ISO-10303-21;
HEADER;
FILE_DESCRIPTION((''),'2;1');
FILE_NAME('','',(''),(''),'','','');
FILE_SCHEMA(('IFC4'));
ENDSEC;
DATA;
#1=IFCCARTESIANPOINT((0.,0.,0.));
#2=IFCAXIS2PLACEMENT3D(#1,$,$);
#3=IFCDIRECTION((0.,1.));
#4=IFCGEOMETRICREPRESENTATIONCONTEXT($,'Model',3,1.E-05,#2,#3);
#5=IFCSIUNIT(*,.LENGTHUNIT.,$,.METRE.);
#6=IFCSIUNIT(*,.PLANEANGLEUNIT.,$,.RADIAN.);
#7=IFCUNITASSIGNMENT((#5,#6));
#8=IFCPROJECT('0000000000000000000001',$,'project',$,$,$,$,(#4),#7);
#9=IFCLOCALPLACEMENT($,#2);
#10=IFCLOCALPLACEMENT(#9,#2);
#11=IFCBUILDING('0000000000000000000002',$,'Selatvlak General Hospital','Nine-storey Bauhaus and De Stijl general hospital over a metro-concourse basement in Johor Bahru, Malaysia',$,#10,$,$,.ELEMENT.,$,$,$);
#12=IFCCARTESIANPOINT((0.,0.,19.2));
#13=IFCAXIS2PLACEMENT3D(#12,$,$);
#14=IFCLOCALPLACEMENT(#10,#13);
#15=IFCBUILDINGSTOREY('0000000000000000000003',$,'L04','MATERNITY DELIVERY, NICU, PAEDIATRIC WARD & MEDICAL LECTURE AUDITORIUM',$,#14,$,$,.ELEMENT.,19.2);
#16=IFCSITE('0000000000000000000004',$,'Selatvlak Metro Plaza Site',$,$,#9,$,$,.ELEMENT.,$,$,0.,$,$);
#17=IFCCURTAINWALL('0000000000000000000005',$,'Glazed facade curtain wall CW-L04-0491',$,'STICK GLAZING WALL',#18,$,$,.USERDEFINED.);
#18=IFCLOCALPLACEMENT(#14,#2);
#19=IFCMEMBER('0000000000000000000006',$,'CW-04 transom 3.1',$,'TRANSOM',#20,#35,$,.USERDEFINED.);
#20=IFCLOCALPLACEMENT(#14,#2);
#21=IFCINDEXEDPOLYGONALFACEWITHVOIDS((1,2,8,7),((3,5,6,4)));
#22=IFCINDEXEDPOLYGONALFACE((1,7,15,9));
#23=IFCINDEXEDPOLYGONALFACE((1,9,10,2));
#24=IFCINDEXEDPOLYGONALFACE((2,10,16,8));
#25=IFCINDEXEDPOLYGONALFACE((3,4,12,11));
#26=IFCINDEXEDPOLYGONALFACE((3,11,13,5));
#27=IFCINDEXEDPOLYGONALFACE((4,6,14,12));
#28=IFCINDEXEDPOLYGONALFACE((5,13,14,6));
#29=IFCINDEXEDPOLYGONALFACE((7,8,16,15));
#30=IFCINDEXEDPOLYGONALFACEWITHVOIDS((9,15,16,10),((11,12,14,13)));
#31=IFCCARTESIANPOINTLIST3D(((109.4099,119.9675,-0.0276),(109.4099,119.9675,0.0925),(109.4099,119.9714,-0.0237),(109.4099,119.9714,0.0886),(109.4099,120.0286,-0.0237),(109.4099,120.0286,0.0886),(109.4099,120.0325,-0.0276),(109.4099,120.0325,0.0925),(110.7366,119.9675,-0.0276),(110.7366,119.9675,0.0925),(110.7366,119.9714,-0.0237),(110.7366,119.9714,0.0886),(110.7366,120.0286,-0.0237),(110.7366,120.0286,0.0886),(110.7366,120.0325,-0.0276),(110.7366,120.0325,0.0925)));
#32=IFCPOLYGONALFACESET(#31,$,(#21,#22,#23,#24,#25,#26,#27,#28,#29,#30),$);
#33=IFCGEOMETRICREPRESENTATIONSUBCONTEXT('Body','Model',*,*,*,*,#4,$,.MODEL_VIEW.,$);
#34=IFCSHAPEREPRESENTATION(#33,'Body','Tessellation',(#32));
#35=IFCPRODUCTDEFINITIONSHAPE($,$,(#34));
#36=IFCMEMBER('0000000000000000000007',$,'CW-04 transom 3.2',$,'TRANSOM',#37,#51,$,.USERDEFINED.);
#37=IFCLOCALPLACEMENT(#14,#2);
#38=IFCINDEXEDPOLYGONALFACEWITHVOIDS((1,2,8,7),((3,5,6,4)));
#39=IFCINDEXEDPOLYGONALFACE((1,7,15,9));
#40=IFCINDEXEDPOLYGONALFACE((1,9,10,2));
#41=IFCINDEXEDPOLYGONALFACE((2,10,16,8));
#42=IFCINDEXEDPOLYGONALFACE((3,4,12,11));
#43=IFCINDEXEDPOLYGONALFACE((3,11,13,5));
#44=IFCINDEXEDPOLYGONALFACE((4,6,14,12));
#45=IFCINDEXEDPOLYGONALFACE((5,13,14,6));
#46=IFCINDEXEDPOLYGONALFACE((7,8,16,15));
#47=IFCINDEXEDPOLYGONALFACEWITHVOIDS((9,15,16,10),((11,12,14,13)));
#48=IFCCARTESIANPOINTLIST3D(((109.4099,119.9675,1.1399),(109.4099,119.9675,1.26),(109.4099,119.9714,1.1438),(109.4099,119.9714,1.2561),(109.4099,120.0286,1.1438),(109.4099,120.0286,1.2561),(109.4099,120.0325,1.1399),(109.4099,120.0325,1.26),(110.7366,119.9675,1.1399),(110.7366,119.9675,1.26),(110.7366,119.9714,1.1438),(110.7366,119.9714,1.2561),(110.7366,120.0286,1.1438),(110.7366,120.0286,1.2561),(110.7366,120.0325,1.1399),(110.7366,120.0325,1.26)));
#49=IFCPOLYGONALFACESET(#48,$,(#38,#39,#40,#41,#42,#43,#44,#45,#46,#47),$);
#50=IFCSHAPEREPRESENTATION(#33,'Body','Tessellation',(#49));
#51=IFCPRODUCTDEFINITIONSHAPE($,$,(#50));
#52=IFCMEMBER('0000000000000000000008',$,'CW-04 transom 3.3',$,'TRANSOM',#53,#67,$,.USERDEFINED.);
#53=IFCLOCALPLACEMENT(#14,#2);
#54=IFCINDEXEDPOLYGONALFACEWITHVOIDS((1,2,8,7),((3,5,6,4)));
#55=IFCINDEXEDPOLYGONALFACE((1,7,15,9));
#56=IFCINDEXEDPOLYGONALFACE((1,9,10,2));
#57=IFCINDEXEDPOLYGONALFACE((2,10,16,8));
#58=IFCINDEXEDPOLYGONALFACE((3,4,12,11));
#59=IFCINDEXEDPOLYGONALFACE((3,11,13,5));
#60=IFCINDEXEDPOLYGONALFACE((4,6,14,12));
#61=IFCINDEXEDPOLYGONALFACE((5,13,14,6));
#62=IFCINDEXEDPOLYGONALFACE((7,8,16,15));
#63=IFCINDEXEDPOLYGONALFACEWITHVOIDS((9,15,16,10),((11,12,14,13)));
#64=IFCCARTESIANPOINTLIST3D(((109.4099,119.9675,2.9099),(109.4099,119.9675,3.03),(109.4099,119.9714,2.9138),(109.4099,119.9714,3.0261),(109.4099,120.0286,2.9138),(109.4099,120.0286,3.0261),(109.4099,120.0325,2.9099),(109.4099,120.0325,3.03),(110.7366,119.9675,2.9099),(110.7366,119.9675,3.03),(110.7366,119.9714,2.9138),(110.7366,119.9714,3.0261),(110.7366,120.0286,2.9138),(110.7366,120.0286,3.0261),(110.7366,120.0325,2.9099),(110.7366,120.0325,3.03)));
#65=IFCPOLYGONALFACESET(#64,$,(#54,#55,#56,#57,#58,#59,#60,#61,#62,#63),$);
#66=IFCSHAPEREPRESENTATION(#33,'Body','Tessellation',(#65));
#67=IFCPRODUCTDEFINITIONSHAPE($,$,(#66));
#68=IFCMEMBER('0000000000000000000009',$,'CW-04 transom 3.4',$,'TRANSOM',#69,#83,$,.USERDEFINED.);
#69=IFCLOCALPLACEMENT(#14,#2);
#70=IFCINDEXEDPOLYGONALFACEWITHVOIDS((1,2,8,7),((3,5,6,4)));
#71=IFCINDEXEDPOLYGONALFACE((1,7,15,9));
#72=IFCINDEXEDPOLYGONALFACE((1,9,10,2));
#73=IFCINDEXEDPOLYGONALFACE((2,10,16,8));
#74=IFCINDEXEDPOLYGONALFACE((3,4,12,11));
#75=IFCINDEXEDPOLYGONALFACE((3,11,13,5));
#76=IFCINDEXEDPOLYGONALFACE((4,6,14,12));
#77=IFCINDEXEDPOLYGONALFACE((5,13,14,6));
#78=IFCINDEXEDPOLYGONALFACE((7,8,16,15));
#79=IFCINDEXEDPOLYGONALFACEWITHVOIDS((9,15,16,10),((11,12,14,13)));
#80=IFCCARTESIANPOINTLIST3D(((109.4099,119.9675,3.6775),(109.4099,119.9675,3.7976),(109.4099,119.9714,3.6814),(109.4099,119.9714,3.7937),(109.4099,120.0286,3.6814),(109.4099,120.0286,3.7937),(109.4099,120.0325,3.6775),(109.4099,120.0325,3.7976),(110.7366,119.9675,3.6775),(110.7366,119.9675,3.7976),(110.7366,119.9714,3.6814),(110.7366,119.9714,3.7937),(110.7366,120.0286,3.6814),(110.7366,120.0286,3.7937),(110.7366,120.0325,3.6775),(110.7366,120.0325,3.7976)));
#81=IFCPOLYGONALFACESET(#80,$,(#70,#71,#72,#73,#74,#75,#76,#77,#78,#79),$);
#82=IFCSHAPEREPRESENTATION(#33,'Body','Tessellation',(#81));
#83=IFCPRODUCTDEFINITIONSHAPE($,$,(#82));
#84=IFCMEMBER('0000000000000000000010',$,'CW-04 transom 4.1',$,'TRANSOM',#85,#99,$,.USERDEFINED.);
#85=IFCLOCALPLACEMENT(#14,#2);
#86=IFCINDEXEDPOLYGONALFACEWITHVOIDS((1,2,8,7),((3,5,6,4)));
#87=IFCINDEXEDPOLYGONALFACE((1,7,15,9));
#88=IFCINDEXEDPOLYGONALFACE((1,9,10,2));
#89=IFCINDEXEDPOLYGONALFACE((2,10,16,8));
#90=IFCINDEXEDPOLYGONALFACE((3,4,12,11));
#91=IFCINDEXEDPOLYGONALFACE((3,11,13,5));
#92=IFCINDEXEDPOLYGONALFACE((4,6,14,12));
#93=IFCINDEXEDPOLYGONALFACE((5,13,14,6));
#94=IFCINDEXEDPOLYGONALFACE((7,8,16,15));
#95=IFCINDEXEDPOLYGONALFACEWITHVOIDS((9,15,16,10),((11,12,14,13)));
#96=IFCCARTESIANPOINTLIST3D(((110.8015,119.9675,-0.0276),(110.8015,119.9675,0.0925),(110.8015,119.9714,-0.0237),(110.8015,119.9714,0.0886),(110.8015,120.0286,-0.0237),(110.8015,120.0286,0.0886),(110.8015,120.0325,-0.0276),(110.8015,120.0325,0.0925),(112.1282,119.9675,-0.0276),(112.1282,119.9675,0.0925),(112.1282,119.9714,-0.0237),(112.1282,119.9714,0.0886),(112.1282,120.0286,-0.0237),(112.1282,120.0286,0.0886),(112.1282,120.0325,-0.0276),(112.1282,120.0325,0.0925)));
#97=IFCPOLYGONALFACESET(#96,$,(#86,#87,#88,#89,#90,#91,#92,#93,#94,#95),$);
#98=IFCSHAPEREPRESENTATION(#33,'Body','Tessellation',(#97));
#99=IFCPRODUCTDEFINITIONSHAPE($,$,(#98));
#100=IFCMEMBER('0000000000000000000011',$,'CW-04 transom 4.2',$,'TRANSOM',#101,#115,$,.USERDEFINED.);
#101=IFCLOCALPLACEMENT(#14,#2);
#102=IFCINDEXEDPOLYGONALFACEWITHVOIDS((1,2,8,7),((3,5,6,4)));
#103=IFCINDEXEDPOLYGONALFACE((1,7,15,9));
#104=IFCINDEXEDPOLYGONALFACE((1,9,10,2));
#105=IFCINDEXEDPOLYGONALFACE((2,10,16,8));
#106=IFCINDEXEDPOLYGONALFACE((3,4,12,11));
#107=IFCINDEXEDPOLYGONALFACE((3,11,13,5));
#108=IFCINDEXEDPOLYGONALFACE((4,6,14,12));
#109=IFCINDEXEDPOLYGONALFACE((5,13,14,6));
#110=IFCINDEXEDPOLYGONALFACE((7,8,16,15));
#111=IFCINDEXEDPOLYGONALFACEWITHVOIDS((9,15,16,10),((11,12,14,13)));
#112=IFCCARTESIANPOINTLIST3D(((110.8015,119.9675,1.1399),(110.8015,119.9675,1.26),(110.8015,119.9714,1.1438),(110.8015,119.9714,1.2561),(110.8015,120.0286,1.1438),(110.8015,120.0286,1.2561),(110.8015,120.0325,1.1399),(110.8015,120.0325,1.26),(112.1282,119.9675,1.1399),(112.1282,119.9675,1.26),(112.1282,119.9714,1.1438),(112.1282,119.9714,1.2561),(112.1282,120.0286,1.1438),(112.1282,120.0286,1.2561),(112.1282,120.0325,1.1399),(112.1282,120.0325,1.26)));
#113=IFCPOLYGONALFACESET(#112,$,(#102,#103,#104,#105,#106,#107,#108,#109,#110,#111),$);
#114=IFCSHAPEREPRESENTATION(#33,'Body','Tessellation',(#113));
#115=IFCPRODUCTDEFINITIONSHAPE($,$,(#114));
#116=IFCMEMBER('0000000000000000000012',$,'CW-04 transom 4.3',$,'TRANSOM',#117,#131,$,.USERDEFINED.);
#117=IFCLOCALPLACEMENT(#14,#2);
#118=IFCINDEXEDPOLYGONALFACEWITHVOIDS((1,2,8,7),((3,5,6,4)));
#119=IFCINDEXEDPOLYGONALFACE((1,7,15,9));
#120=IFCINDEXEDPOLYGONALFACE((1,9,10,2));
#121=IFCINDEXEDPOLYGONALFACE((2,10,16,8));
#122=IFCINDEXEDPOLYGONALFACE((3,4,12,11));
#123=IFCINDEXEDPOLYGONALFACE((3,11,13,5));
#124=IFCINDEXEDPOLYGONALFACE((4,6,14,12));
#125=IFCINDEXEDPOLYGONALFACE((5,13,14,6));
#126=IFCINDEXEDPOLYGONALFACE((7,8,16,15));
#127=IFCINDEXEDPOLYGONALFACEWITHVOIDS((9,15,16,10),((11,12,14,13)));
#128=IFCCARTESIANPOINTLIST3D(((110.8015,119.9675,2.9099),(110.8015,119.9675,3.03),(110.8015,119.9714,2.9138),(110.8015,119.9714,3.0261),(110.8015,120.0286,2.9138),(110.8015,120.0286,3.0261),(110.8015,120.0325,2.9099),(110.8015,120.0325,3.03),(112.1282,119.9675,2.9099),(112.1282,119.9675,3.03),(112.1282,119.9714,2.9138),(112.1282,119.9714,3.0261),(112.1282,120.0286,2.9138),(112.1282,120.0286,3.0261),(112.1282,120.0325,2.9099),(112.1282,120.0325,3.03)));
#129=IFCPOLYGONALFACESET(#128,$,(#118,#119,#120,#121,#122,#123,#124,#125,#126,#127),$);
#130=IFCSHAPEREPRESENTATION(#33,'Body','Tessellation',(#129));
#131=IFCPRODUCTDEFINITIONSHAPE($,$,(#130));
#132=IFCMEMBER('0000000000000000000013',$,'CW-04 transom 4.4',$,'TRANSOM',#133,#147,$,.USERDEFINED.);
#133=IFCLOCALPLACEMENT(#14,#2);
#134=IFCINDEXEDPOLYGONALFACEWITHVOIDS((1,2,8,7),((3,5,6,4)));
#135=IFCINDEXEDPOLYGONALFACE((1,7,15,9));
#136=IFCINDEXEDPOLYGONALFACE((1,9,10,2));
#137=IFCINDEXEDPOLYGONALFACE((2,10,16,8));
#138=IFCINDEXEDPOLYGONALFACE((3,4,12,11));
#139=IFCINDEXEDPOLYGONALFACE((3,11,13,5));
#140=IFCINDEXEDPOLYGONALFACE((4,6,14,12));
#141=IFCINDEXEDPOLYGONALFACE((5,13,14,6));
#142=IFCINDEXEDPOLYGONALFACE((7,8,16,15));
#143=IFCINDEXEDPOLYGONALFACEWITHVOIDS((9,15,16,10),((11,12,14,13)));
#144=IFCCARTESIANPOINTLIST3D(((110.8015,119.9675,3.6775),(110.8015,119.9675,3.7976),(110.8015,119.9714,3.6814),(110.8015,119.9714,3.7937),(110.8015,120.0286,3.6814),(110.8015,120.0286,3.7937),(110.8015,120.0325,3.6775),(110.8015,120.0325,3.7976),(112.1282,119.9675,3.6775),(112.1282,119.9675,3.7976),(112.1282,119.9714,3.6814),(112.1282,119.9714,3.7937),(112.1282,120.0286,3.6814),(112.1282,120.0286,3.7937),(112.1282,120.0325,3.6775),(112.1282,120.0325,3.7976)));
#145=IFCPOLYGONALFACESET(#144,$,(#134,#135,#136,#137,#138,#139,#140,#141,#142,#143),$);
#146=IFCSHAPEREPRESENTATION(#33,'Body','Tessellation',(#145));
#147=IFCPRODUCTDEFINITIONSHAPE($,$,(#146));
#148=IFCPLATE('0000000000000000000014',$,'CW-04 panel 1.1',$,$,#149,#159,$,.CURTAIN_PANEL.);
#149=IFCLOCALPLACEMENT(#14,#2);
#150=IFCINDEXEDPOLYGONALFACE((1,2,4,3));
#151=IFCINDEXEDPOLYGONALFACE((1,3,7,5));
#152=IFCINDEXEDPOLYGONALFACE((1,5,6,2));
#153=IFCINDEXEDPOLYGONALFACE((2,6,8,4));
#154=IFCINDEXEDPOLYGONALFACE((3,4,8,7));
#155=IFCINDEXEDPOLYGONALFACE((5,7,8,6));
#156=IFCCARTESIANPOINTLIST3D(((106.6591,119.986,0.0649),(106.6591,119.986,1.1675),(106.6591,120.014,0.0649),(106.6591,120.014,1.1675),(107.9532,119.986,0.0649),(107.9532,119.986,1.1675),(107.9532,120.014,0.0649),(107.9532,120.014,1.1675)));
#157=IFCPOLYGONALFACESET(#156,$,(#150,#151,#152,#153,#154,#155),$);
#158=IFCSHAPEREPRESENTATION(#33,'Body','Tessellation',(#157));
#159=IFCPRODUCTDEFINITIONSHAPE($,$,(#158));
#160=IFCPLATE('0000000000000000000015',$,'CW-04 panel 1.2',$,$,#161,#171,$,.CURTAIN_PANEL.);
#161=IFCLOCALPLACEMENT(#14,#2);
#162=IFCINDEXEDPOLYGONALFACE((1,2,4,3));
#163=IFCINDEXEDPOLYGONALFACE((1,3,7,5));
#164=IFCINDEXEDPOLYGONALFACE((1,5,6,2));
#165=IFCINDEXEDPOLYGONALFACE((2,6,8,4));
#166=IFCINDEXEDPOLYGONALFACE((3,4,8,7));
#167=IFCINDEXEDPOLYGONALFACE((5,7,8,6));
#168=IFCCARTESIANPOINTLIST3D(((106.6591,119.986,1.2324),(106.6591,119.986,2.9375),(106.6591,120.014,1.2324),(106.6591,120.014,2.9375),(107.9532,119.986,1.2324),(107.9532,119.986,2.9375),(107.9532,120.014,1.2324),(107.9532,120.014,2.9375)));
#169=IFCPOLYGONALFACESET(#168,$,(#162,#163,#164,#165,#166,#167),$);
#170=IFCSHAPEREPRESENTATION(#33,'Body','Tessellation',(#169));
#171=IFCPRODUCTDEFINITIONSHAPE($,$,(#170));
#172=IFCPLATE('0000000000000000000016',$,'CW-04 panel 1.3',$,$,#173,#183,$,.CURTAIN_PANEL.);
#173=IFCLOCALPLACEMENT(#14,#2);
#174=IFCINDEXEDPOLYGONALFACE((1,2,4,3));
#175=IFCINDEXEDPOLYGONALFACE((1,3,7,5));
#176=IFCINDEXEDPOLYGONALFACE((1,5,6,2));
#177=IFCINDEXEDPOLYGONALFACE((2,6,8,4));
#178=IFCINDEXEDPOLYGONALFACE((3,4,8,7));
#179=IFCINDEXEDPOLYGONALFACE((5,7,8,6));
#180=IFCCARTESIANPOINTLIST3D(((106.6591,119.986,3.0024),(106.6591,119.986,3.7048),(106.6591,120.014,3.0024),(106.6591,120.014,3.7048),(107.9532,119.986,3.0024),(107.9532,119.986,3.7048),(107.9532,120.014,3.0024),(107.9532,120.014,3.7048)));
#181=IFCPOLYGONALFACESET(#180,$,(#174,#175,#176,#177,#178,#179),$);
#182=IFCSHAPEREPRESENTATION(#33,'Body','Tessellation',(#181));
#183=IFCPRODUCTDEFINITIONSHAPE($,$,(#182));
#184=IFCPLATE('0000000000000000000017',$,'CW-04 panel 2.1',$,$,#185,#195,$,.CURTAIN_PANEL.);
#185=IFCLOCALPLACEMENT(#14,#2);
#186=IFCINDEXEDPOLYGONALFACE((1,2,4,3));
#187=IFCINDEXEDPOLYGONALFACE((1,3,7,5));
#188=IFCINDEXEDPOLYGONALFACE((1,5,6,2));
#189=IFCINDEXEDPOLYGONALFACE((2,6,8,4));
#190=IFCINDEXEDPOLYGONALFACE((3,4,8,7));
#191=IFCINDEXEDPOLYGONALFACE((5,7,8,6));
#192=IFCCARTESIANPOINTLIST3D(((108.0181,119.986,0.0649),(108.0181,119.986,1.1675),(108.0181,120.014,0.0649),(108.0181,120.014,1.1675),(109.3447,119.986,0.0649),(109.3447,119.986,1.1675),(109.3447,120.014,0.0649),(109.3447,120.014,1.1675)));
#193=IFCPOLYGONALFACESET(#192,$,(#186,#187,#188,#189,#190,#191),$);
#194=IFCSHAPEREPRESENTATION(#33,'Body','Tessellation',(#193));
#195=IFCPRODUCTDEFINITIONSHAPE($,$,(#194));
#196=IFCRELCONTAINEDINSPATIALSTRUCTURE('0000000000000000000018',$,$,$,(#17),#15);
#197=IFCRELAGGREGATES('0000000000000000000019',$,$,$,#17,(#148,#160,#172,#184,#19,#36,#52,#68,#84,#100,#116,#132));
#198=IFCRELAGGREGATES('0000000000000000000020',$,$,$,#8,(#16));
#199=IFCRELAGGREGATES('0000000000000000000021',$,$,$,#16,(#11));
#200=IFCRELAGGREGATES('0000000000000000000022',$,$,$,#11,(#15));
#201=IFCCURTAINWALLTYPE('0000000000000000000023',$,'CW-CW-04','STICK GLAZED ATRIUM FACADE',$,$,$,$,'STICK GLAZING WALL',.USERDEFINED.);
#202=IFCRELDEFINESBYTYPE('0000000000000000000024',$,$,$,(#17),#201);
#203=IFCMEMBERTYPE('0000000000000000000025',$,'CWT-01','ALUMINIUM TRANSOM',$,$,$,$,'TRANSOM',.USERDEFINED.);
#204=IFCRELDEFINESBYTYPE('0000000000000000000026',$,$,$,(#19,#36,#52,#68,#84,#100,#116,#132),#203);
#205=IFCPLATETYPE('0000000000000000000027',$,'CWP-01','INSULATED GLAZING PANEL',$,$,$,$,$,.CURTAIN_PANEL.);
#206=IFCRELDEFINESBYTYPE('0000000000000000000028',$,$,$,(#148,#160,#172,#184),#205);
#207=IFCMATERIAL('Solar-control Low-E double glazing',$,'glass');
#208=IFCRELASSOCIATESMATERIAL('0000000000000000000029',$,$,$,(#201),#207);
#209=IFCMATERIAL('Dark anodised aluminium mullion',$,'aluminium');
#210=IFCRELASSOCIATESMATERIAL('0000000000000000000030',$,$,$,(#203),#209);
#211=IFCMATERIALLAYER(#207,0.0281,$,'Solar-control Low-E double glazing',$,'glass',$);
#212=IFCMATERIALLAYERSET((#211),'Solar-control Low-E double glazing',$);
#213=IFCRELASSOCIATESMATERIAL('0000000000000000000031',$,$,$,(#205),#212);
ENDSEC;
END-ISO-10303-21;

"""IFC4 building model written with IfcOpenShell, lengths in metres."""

from ifc_helpers import new_model, si_unit, direction, frame, origin, origin_2d, place, context, subcontext, project, spatial, rectangle, hollow_rectangle, extrude, material, layer, layer_set, material_profile, profile_set, type_object, element, aggregate, save


model = new_model("IFC4")

# Units and contexts
model_context = context("Model", 3, precision=1e-05, world=origin(), true_north=direction((0.0, 1.0)))
body_context = subcontext(model_context, "Body", "Model", "MODEL_VIEW")
ifc_project = project(units=[si_unit("LENGTHUNIT", "METRE"), si_unit("PLANEANGLEUNIT", "RADIAN")], contexts=[model_context])

# Site, building, storey
site_placement = place(None, origin())
site = spatial("IfcSite", under=ifc_project, at=site_placement, Name="Selatvlak Metro Plaza Site", CompositionType="ELEMENT", RefElevation=0.0)
building_placement = place(site_placement, origin())
building = spatial("IfcBuilding", under=site, at=building_placement, Name="Selatvlak General Hospital", Description="Nine-storey Bauhaus and De Stijl general hospital over a metro-concourse basement in Johor Bahru, Malaysia", CompositionType="ELEMENT")
storey_placement = place(building_placement, frame((0.0, 0.0, 19.2)))
storey = spatial("IfcBuildingStorey", under=building, at=storey_placement, Name="L04", Description="MATERNITY DELIVERY, NICU, PAEDIATRIC WARD & MEDICAL LECTURE AUDITORIUM", CompositionType="ELEMENT", Elevation=19.2)

# Curtain wall, members, plates
ifc_material_1 = material(Name="Solar-control Low-E double glazing", Category="glass")
curtain_wall_type = type_object("IfcCurtainWallType", Name="CW-CW-04", Description="STICK GLAZED ATRIUM FACADE", ElementType="STICK GLAZING WALL", PredefinedType="USERDEFINED", material=ifc_material_1)
curtain_wall_placement = place(storey_placement, origin())
curtain_wall = element("IfcCurtainWall", 1, at=curtain_wall_placement, inside=storey, type_object=curtain_wall_type, Name="Glazed facade curtain wall CW-L04-0491", ObjectType="STICK GLAZING WALL", PredefinedType="USERDEFINED")
ifc_material_2 = material(Name="Dark anodised aluminium mullion", Category="aluminium")
ifc_material_profile_1 = material_profile(ifc_material_2, hollow_rectangle(XDim=0.0649, YDim=0.1201, WallThickness=0.0039, at=origin_2d()), Name="AL-TRN 65x120x4")
ifc_profile_set_1 = profile_set([ifc_material_profile_1], Name="Dark anodised aluminium mullion")
member_type_1 = type_object("IfcMemberType", Name="CWT-01", Description="ALUMINIUM TRANSOM", ElementType="TRANSOM", PredefinedType="USERDEFINED", material=ifc_profile_set_1)
member_1_placement = place(storey_placement, frame((109.4099, 120.0, 0.0325), z_axis=(1.0, 0.0, 0.0), x_axis=(0.0, 1.0, 0.0)))
member_1 = element("IfcMember", 2, at=member_1_placement, type_object=member_type_1, Name="CW-04 transom 3.1", ObjectType="TRANSOM", PredefinedType="USERDEFINED", context=body_context, shape_type="SweptSolid", body=[
    extrude(hollow_rectangle(XDim=0.0649, YDim=0.1201, WallThickness=0.0039, at=origin_2d()), origin(), (0.0, 0.0, 1.0), 1.3267),
])
member_2_placement = place(storey_placement, frame((109.4099, 120.0, 1.2), z_axis=(1.0, 0.0, 0.0), x_axis=(0.0, 1.0, 0.0)))
member_2 = element("IfcMember", 3, at=member_2_placement, type_object=member_type_1, Name="CW-04 transom 3.2", ObjectType="TRANSOM", PredefinedType="USERDEFINED", context=body_context, shape_type="SweptSolid", body=[
    extrude(hollow_rectangle(XDim=0.0649, YDim=0.1201, WallThickness=0.0039, at=origin_2d()), origin(), (0.0, 0.0, 1.0), 1.3267),
])
member_3_placement = place(storey_placement, frame((109.4099, 120.0, 2.97), z_axis=(1.0, 0.0, 0.0), x_axis=(0.0, 1.0, 0.0)))
member_3 = element("IfcMember", 4, at=member_3_placement, type_object=member_type_1, Name="CW-04 transom 3.3", ObjectType="TRANSOM", PredefinedType="USERDEFINED", context=body_context, shape_type="SweptSolid", body=[
    extrude(hollow_rectangle(XDim=0.0649, YDim=0.1201, WallThickness=0.0039, at=origin_2d()), origin(), (0.0, 0.0, 1.0), 1.3267),
])
member_4_placement = place(storey_placement, frame((109.4099, 120.0, 3.7375), z_axis=(1.0, 0.0, 0.0), x_axis=(0.0, 1.0, 0.0)))
member_4 = element("IfcMember", 5, at=member_4_placement, type_object=member_type_1, Name="CW-04 transom 3.4", ObjectType="TRANSOM", PredefinedType="USERDEFINED", context=body_context, shape_type="SweptSolid", body=[
    extrude(hollow_rectangle(XDim=0.0649, YDim=0.1201, WallThickness=0.0039, at=origin_2d()), origin(), (0.0, 0.0, 1.0), 1.3267),
])
member_5_placement = place(storey_placement, frame((110.8015, 120.0, 0.0325), z_axis=(1.0, 0.0, 0.0), x_axis=(0.0, 1.0, 0.0)))
member_5 = element("IfcMember", 6, at=member_5_placement, type_object=member_type_1, Name="CW-04 transom 4.1", ObjectType="TRANSOM", PredefinedType="USERDEFINED", context=body_context, shape_type="SweptSolid", body=[
    extrude(hollow_rectangle(XDim=0.0649, YDim=0.1201, WallThickness=0.0039, at=origin_2d()), origin(), (0.0, 0.0, 1.0), 1.3267),
])
member_6_placement = place(storey_placement, frame((110.8015, 120.0, 1.2), z_axis=(1.0, 0.0, 0.0), x_axis=(0.0, 1.0, 0.0)))
member_6 = element("IfcMember", 7, at=member_6_placement, type_object=member_type_1, Name="CW-04 transom 4.2", ObjectType="TRANSOM", PredefinedType="USERDEFINED", context=body_context, shape_type="SweptSolid", body=[
    extrude(hollow_rectangle(XDim=0.0649, YDim=0.1201, WallThickness=0.0039, at=origin_2d()), origin(), (0.0, 0.0, 1.0), 1.3267),
])
member_7_placement = place(storey_placement, frame((110.8015, 120.0, 2.97), z_axis=(1.0, 0.0, 0.0), x_axis=(0.0, 1.0, 0.0)))
member_7 = element("IfcMember", 8, at=member_7_placement, type_object=member_type_1, Name="CW-04 transom 4.3", ObjectType="TRANSOM", PredefinedType="USERDEFINED", context=body_context, shape_type="SweptSolid", body=[
    extrude(hollow_rectangle(XDim=0.0649, YDim=0.1201, WallThickness=0.0039, at=origin_2d()), origin(), (0.0, 0.0, 1.0), 1.3267),
])
member_8_placement = place(storey_placement, frame((110.8015, 120.0, 3.7375), z_axis=(1.0, 0.0, 0.0), x_axis=(0.0, 1.0, 0.0)))
member_8 = element("IfcMember", 9, at=member_8_placement, type_object=member_type_1, Name="CW-04 transom 4.4", ObjectType="TRANSOM", PredefinedType="USERDEFINED", context=body_context, shape_type="SweptSolid", body=[
    extrude(hollow_rectangle(XDim=0.0649, YDim=0.1201, WallThickness=0.0039, at=origin_2d()), origin(), (0.0, 0.0, 1.0), 1.3267),
])
ifc_layer_1 = layer(ifc_material_1, 0.0281, Name="Solar-control Low-E double glazing", Category="glass")
ifc_layer_set_1 = layer_set([ifc_layer_1], Name="Solar-control Low-E double glazing")
plate_type = type_object("IfcPlateType", Name="CWP-01", Description="INSULATED GLAZING PANEL", PredefinedType="CURTAIN_PANEL", material=ifc_layer_set_1)
plate_1_placement = place(storey_placement, frame((107.3062, 120.0, 0.0649), z_axis=(0.0, 0.0, 1.0), x_axis=(1.0, 0.0, 0.0)))
plate_1 = element("IfcPlate", 10, at=plate_1_placement, type_object=plate_type, Name="CW-04 panel 1.1", PredefinedType="CURTAIN_PANEL", context=body_context, shape_type="SweptSolid", body=[
    extrude(rectangle(XDim=1.2942, YDim=0.0281, at=origin_2d()), origin(), (0.0, 0.0, 1.0), 1.1025),
])
plate_2_placement = place(storey_placement, frame((107.3062, 120.0, 1.2324), z_axis=(0.0, 0.0, 1.0), x_axis=(1.0, 0.0, 0.0)))
plate_2 = element("IfcPlate", 11, at=plate_2_placement, type_object=plate_type, Name="CW-04 panel 1.2", PredefinedType="CURTAIN_PANEL", context=body_context, shape_type="SweptSolid", body=[
    extrude(rectangle(XDim=1.2942, YDim=0.0281, at=origin_2d()), origin(), (0.0, 0.0, 1.0), 1.7051),
])
plate_3_placement = place(storey_placement, frame((107.3062, 120.0, 3.0024), z_axis=(0.0, 0.0, 1.0), x_axis=(1.0, 0.0, 0.0)))
plate_3 = element("IfcPlate", 12, at=plate_3_placement, type_object=plate_type, Name="CW-04 panel 1.3", PredefinedType="CURTAIN_PANEL", context=body_context, shape_type="SweptSolid", body=[
    extrude(rectangle(XDim=1.2942, YDim=0.0281, at=origin_2d()), origin(), (0.0, 0.0, 1.0), 0.7024),
])
plate_4_placement = place(storey_placement, frame((108.6814, 120.0, 0.0649), z_axis=(0.0, 0.0, 1.0), x_axis=(1.0, 0.0, 0.0)))
plate_4 = element("IfcPlate", 13, at=plate_4_placement, type_object=plate_type, Name="CW-04 panel 2.1", PredefinedType="CURTAIN_PANEL", context=body_context, shape_type="SweptSolid", body=[
    extrude(rectangle(XDim=1.3267, YDim=0.0281, at=origin_2d()), origin(), (0.0, 0.0, 1.0), 1.1025),
])
aggregate(curtain_wall, [plate_1, plate_2, plate_3, plate_4, member_1, member_2, member_3, member_4, member_5, member_6, member_7, member_8])

save(model, "model.ifc")
